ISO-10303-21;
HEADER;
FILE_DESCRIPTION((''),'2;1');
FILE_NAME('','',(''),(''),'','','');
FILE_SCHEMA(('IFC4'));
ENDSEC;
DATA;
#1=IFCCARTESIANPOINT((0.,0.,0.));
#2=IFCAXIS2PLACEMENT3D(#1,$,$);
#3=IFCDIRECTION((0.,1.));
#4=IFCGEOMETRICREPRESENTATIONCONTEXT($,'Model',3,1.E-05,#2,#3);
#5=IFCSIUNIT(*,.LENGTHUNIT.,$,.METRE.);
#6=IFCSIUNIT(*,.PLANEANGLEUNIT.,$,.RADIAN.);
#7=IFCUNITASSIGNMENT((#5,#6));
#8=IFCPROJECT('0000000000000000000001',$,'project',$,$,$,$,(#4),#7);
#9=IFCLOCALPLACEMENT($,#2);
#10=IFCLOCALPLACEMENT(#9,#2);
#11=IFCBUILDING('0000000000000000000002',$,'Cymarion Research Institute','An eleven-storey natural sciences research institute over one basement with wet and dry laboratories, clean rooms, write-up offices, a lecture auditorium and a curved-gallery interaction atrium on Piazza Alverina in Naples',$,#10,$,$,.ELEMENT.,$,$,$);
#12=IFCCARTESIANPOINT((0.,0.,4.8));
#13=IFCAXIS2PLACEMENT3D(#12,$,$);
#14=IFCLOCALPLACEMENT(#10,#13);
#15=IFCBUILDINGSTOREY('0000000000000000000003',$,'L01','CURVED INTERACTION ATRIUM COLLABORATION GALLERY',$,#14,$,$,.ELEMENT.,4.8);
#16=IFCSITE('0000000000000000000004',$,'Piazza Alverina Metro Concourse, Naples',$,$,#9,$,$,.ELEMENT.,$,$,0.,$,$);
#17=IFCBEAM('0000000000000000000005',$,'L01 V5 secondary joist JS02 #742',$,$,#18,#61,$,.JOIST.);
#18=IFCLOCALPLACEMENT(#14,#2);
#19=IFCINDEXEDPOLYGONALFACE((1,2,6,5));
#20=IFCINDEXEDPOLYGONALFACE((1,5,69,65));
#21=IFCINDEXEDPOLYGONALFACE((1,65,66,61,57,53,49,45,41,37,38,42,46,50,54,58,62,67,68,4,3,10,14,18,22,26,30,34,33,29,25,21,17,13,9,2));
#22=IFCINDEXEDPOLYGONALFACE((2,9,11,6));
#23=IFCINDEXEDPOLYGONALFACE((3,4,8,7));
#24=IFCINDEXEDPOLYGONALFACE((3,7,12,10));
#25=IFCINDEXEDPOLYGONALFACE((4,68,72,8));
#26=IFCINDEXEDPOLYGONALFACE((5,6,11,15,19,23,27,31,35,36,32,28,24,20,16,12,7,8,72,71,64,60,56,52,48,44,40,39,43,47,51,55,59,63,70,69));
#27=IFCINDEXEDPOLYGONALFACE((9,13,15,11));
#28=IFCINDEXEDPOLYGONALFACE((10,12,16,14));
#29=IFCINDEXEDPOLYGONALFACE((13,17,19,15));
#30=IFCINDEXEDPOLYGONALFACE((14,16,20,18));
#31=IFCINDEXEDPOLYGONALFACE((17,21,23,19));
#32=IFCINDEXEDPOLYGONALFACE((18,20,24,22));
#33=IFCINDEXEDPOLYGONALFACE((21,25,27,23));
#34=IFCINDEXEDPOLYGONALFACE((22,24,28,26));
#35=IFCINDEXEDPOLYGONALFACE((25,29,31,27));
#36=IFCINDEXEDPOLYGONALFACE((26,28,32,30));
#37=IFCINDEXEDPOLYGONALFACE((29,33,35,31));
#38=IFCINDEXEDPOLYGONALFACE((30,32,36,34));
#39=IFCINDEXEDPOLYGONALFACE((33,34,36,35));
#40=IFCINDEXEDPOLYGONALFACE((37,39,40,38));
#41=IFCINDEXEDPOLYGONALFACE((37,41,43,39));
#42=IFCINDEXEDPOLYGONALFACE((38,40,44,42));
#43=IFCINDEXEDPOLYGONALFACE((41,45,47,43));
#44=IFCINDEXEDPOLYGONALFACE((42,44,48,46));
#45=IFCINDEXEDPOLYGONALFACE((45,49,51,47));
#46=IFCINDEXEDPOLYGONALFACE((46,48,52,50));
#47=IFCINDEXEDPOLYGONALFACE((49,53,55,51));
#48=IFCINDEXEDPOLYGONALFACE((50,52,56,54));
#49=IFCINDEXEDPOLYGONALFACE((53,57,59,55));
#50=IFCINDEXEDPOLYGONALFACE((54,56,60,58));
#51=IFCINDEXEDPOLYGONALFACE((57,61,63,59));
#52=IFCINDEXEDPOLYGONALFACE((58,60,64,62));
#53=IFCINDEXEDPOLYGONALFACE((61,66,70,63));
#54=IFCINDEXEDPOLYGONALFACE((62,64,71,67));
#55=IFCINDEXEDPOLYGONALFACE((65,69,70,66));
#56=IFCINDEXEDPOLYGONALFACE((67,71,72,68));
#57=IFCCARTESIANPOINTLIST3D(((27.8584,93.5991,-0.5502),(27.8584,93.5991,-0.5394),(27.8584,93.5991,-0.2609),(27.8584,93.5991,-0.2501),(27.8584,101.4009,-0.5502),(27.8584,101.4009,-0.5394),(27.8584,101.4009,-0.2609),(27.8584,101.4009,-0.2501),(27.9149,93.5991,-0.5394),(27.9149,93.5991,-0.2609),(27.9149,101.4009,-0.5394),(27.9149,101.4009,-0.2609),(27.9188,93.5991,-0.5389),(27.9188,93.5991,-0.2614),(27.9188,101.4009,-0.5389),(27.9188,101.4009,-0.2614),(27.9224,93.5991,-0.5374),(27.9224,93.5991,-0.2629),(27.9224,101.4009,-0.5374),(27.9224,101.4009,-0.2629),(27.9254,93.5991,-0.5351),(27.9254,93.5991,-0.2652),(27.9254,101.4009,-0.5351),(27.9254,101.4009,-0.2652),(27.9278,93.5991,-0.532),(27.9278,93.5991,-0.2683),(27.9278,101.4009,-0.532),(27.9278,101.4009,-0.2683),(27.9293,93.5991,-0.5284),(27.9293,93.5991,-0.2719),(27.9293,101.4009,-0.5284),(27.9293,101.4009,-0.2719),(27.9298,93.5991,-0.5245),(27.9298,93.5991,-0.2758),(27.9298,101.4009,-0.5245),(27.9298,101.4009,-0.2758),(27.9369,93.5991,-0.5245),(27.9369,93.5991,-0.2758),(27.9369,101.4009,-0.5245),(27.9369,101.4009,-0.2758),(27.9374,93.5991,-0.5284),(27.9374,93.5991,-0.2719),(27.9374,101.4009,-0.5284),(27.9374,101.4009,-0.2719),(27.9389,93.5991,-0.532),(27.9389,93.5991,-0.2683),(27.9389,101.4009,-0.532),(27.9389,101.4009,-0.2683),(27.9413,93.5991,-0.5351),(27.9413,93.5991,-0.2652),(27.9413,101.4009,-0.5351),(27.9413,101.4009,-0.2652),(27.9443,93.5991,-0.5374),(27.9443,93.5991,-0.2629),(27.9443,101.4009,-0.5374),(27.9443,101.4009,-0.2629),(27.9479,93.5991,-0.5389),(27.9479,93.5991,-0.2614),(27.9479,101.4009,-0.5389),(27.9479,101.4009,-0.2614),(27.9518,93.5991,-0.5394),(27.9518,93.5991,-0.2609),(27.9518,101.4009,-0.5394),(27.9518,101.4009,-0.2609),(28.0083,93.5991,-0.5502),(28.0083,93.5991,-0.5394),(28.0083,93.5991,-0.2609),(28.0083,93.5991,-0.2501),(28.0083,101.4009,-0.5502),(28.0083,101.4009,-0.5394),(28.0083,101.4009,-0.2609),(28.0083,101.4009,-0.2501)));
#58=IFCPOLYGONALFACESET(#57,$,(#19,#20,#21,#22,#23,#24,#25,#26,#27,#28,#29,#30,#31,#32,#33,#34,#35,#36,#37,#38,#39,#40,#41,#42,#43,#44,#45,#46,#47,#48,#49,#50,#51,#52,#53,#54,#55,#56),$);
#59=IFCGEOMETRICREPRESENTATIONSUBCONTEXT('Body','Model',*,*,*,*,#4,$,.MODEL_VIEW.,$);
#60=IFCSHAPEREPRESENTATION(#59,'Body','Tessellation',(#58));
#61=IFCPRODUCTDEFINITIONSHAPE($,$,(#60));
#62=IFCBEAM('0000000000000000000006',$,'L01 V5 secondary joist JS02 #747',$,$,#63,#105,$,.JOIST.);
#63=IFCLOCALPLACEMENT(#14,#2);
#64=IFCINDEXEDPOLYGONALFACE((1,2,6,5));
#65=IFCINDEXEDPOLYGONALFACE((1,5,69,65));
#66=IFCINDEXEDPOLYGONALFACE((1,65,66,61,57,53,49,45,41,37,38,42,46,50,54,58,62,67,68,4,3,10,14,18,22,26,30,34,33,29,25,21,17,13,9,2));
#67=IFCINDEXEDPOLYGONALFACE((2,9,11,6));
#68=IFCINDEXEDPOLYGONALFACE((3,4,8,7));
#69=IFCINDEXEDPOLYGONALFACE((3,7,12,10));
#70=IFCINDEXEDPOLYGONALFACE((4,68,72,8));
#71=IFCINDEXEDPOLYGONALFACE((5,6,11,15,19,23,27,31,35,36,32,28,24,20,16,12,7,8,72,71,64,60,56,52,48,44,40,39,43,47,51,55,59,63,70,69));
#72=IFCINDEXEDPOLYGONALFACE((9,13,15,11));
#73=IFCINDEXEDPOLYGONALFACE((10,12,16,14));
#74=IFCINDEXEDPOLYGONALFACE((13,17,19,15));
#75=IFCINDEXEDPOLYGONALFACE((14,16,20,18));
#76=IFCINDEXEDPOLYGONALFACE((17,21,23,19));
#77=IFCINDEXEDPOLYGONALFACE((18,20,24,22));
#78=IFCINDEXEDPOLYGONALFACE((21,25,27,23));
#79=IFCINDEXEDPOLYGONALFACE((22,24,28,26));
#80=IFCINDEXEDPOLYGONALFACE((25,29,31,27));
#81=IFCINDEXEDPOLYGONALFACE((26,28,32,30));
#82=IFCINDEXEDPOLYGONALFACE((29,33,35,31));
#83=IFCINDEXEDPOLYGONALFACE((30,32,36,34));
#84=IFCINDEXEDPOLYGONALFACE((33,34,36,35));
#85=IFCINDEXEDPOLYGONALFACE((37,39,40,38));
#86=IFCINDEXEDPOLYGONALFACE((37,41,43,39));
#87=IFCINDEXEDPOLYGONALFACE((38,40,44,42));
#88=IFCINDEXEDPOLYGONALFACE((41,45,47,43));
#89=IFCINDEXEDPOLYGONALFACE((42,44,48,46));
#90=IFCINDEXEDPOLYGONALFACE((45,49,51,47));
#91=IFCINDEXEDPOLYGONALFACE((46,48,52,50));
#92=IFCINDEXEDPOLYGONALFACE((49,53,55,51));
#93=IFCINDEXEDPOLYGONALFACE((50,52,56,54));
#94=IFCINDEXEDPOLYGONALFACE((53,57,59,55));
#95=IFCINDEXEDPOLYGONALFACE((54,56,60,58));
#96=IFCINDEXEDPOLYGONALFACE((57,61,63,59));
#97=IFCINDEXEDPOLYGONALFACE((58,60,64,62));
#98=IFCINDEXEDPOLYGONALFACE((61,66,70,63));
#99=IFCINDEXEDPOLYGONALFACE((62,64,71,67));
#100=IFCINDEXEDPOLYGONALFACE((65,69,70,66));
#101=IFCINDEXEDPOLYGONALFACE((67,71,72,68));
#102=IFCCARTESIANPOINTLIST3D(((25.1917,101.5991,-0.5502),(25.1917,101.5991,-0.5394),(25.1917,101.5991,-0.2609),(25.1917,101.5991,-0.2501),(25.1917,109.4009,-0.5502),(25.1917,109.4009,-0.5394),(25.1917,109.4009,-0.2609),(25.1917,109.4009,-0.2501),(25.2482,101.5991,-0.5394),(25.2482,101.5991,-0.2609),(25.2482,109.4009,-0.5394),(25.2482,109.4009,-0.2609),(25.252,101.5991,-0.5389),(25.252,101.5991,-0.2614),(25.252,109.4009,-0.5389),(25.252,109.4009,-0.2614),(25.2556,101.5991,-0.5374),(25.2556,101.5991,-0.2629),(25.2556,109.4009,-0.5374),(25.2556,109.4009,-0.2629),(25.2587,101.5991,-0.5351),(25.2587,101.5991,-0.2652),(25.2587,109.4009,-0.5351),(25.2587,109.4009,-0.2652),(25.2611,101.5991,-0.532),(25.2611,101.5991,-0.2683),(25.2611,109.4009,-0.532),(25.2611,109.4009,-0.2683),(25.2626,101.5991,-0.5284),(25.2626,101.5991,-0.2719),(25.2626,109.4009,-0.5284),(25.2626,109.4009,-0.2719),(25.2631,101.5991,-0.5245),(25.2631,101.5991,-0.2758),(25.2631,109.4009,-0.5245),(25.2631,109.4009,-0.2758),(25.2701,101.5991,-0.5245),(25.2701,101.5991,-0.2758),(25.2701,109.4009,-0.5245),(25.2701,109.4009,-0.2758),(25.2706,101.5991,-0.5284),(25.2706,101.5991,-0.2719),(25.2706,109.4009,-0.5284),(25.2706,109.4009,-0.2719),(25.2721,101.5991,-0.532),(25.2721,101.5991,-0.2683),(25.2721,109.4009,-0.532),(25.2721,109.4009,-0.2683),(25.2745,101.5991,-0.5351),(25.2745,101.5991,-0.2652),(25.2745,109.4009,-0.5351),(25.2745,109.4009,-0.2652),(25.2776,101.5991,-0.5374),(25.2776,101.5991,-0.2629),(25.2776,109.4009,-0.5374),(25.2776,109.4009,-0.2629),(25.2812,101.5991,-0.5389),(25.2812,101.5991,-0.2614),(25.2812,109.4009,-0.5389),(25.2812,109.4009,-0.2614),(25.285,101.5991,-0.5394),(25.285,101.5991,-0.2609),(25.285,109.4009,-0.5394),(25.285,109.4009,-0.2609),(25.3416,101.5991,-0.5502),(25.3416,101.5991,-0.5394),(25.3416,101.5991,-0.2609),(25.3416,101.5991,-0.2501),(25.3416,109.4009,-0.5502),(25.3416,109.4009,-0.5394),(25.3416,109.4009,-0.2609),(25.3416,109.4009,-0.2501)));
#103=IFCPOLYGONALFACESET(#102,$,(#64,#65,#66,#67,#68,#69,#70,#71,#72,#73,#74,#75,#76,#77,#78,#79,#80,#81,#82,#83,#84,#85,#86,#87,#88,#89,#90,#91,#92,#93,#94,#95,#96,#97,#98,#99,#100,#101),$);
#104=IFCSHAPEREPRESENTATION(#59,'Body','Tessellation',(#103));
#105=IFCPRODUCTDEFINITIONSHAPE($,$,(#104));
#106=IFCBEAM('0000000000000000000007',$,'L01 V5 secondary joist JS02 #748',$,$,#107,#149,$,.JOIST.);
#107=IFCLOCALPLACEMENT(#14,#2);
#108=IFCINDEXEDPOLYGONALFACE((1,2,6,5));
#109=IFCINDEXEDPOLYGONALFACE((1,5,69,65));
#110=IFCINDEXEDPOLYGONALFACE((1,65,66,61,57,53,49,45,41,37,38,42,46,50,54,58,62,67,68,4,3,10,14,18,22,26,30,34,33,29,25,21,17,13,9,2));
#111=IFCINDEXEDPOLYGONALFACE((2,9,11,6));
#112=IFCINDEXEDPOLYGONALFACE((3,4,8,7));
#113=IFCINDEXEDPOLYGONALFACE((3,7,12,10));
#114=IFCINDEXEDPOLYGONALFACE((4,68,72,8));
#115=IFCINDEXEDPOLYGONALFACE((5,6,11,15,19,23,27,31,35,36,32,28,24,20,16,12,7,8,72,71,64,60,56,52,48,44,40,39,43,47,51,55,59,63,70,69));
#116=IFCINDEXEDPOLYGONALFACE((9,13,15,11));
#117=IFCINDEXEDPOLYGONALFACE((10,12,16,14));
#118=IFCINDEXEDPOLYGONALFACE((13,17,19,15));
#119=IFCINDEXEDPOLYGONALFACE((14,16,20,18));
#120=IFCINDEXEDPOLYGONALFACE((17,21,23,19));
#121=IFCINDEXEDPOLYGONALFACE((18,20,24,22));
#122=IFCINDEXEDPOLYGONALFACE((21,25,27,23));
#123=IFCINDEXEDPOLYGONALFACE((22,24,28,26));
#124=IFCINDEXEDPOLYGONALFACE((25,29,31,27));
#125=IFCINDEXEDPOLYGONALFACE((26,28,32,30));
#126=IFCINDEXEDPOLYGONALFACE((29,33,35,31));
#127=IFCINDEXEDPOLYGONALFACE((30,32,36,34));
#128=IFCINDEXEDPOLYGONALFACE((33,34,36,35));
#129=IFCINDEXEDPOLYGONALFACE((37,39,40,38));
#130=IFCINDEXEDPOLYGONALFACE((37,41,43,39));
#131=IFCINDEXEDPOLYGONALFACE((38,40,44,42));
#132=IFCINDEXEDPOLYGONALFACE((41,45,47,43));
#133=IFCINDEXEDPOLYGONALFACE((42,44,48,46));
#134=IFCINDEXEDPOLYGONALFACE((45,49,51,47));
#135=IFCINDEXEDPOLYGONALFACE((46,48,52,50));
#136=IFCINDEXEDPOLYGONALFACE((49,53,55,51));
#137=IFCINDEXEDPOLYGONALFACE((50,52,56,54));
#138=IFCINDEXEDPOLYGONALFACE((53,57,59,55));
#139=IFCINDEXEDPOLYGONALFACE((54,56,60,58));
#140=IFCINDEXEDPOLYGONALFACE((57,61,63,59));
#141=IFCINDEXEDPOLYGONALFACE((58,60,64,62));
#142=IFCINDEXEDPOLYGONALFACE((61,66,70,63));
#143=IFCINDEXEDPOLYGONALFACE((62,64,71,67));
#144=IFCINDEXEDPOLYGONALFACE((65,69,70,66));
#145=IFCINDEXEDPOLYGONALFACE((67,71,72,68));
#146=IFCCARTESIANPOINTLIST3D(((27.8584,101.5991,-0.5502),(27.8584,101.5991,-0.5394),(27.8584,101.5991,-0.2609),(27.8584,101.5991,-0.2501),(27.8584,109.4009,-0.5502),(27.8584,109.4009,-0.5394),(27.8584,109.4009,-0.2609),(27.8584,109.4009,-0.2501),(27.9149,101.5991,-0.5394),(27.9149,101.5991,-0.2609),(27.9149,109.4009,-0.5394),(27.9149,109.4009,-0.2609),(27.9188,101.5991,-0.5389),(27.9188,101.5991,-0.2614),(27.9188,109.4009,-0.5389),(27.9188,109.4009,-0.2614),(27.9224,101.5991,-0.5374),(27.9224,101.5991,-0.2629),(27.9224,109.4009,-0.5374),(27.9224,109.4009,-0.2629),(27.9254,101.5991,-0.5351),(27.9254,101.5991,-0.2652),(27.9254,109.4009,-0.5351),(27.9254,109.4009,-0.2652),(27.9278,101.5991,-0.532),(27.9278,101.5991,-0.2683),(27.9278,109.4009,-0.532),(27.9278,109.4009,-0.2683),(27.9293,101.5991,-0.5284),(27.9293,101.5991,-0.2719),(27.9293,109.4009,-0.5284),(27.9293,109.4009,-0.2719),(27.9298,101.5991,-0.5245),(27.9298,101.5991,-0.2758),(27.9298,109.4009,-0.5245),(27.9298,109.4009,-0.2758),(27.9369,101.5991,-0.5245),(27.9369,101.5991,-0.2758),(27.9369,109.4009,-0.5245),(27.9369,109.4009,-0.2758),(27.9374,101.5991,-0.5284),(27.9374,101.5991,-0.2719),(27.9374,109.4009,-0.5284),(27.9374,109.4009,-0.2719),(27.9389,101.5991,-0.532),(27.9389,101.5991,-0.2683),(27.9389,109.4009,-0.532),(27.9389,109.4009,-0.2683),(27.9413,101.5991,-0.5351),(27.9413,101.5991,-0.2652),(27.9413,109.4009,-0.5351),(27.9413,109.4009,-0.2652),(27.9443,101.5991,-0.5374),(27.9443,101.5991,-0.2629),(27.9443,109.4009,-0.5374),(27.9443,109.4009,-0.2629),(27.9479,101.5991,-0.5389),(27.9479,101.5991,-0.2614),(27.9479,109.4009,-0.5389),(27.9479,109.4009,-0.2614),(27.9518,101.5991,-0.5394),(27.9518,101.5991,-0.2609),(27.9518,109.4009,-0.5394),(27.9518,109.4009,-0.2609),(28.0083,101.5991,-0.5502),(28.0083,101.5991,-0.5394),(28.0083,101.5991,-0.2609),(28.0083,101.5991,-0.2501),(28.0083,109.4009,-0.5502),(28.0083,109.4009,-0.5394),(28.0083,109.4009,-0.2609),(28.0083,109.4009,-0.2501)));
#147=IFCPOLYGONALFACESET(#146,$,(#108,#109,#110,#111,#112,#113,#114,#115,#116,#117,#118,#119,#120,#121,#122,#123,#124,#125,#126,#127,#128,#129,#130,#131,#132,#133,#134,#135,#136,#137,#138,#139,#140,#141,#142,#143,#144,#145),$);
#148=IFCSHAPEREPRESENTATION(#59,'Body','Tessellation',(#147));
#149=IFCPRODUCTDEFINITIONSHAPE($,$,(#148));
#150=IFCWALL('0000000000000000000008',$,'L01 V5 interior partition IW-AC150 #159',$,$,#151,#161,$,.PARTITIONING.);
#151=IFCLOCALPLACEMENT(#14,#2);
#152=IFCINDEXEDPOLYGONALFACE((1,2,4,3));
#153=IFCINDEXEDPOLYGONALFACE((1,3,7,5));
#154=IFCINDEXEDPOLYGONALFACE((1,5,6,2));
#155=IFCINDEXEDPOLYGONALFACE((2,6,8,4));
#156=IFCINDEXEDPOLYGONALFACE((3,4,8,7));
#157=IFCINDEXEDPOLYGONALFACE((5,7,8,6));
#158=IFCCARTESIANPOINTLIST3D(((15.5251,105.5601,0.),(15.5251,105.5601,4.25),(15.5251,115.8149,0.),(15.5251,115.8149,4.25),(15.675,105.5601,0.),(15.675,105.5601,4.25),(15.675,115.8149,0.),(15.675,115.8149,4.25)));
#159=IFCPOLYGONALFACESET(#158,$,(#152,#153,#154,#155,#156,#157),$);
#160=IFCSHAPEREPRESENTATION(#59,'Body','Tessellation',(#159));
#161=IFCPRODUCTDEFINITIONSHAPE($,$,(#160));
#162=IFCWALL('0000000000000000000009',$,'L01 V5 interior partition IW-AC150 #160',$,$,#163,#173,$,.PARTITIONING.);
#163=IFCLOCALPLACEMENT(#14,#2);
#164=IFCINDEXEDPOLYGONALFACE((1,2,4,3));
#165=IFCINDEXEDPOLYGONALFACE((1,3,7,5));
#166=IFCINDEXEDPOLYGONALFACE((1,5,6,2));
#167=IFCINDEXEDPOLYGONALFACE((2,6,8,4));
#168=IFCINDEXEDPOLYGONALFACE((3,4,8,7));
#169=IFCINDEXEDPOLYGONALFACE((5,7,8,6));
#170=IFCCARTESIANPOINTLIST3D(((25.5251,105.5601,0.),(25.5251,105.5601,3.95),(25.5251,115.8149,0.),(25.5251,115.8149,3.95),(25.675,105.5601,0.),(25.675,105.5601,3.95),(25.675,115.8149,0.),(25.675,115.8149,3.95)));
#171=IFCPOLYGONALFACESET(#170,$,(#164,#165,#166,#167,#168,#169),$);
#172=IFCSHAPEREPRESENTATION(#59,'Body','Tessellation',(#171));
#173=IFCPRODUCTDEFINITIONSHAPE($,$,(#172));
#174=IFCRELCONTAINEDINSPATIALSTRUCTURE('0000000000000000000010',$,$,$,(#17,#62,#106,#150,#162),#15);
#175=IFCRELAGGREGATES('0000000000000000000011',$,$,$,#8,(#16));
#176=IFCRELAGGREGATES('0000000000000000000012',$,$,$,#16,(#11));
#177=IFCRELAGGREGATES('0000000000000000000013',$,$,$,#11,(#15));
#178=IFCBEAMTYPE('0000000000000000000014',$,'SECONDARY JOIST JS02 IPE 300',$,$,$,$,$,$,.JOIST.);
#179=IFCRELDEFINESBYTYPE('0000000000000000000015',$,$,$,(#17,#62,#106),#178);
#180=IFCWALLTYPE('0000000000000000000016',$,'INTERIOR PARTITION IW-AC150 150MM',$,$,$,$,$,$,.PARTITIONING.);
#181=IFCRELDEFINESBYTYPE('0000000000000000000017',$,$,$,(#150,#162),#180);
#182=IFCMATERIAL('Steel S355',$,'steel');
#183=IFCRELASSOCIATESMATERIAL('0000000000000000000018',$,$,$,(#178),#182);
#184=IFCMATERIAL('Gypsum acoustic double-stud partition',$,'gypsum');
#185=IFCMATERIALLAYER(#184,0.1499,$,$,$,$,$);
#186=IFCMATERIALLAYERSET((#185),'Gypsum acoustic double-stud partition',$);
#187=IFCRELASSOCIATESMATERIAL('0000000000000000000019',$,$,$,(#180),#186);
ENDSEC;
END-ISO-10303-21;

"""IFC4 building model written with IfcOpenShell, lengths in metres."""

from ifc_helpers import new_model, si_unit, direction, frame, frame_2d, origin, origin_2d, place, context, subcontext, project, spatial, rectangle, i_section, extrude, material, layer, layer_set, material_profile, profile_set, type_object, element, save


model = new_model("IFC4")

# Units and contexts
model_context = context("Model", 3, precision=1e-05, world=origin(), true_north=direction((0.0, 1.0)))
body_context = subcontext(model_context, "Body", "Model", "MODEL_VIEW")
ifc_project = project(units=[si_unit("LENGTHUNIT", "METRE"), si_unit("PLANEANGLEUNIT", "RADIAN")], contexts=[model_context])

# Site, building, storey
site_placement = place(None, origin())
site = spatial("IfcSite", under=ifc_project, at=site_placement, Name="Piazza Alverina Metro Concourse, Naples", CompositionType="ELEMENT", RefElevation=0.0)
building_placement = place(site_placement, origin())
building = spatial("IfcBuilding", under=site, at=building_placement, Name="Cymarion Research Institute", Description="An eleven-storey natural sciences research institute over one basement with wet and dry laboratories, clean rooms, write-up offices, a lecture auditorium and a curved-gallery interaction atrium on Piazza Alverina in Naples", CompositionType="ELEMENT")
storey_placement = place(building_placement, frame((0.0, 0.0, 4.8)))
storey = spatial("IfcBuildingStorey", under=building, at=storey_placement, Name="L01", Description="CURVED INTERACTION ATRIUM COLLABORATION GALLERY", CompositionType="ELEMENT", Elevation=4.8)

# Shared definitions
ifc_material_1 = material(Name="Steel S355", Category="steel")

# Beams
ifc_material_profile_1 = material_profile(ifc_material_1, i_section(OverallWidth=0.1499, OverallDepth=0.3, WebThickness=0.0071, FlangeThickness=0.0107, FilletRadius=0.0149, at=origin_2d()), Name="IPE 300")
ifc_profile_set_1 = profile_set([ifc_material_profile_1], Name="Steel S355")
beam_type_1 = type_object("IfcBeamType", Name="SECONDARY JOIST JS02 IPE 300", PredefinedType="JOIST", material=ifc_profile_set_1)
for number, where, z_axis, x_axis, name in (
    (1, (27.9333, 93.5991, -0.4001), (0.0, 1.0, 0.0), (-1.0, 0.0, 0.0), "L01 V5 secondary joist JS02 #742"),
    (2, (25.2666, 101.5991, -0.4001), (0.0, 1.0, 0.0), (-1.0, 0.0, 0.0), "L01 V5 secondary joist JS02 #747"),
    (3, (27.9333, 101.5991, -0.4001), (0.0, 1.0, 0.0), (-1.0, 0.0, 0.0), "L01 V5 secondary joist JS02 #748"),
):
    element("IfcBeam", number, at=place(storey_placement, frame(where, z_axis=z_axis, x_axis=x_axis)), inside=storey, type_object=beam_type_1, Name=name, PredefinedType="JOIST", context=body_context, shape_type="SweptSolid", body=[
        extrude(i_section(OverallWidth=0.1499, OverallDepth=0.3, WebThickness=0.0071, FlangeThickness=0.0107, FilletRadius=0.0149, at=origin_2d()), origin(), (0.0, 0.0, 1.0), 7.8018),
    ])

# Walls
ifc_material_2 = material(Name="Gypsum acoustic double-stud partition", Category="gypsum")
ifc_layer_1 = layer(ifc_material_2, 0.1499)
ifc_layer_set_1 = layer_set([ifc_layer_1], Name="Gypsum acoustic double-stud partition")
wall_type_1 = type_object("IfcWallType", Name="INTERIOR PARTITION IW-AC150 150MM", PredefinedType="PARTITIONING", material=ifc_layer_set_1)
wall_1_placement = place(storey_placement, frame((15.6001, 105.5601, 0.0), z_axis=(0.0, 0.0, 1.0), x_axis=(0.0, 1.0, 0.0)))
element("IfcWall", 4, at=wall_1_placement, inside=storey, type_object=wall_type_1, Name="L01 V5 interior partition IW-AC150 #159", PredefinedType="PARTITIONING", context=body_context, shape_type="SweptSolid", body=[
    extrude(rectangle(XDim=10.2549, YDim=0.1499, at=frame_2d((5.1274, 0.0))), origin(), (0.0, 0.0, 1.0), 4.25),
])
wall_2_placement = place(storey_placement, frame((25.6001, 105.5601, 0.0), z_axis=(0.0, 0.0, 1.0), x_axis=(0.0, 1.0, 0.0)))
element("IfcWall", 5, at=wall_2_placement, inside=storey, type_object=wall_type_1, Name="L01 V5 interior partition IW-AC150 #160", PredefinedType="PARTITIONING", context=body_context, shape_type="SweptSolid", body=[
    extrude(rectangle(XDim=10.2549, YDim=0.1499, at=frame_2d((5.1274, 0.0))), origin(), (0.0, 0.0, 1.0), 3.95),
])

save(model, "model.ifc")
